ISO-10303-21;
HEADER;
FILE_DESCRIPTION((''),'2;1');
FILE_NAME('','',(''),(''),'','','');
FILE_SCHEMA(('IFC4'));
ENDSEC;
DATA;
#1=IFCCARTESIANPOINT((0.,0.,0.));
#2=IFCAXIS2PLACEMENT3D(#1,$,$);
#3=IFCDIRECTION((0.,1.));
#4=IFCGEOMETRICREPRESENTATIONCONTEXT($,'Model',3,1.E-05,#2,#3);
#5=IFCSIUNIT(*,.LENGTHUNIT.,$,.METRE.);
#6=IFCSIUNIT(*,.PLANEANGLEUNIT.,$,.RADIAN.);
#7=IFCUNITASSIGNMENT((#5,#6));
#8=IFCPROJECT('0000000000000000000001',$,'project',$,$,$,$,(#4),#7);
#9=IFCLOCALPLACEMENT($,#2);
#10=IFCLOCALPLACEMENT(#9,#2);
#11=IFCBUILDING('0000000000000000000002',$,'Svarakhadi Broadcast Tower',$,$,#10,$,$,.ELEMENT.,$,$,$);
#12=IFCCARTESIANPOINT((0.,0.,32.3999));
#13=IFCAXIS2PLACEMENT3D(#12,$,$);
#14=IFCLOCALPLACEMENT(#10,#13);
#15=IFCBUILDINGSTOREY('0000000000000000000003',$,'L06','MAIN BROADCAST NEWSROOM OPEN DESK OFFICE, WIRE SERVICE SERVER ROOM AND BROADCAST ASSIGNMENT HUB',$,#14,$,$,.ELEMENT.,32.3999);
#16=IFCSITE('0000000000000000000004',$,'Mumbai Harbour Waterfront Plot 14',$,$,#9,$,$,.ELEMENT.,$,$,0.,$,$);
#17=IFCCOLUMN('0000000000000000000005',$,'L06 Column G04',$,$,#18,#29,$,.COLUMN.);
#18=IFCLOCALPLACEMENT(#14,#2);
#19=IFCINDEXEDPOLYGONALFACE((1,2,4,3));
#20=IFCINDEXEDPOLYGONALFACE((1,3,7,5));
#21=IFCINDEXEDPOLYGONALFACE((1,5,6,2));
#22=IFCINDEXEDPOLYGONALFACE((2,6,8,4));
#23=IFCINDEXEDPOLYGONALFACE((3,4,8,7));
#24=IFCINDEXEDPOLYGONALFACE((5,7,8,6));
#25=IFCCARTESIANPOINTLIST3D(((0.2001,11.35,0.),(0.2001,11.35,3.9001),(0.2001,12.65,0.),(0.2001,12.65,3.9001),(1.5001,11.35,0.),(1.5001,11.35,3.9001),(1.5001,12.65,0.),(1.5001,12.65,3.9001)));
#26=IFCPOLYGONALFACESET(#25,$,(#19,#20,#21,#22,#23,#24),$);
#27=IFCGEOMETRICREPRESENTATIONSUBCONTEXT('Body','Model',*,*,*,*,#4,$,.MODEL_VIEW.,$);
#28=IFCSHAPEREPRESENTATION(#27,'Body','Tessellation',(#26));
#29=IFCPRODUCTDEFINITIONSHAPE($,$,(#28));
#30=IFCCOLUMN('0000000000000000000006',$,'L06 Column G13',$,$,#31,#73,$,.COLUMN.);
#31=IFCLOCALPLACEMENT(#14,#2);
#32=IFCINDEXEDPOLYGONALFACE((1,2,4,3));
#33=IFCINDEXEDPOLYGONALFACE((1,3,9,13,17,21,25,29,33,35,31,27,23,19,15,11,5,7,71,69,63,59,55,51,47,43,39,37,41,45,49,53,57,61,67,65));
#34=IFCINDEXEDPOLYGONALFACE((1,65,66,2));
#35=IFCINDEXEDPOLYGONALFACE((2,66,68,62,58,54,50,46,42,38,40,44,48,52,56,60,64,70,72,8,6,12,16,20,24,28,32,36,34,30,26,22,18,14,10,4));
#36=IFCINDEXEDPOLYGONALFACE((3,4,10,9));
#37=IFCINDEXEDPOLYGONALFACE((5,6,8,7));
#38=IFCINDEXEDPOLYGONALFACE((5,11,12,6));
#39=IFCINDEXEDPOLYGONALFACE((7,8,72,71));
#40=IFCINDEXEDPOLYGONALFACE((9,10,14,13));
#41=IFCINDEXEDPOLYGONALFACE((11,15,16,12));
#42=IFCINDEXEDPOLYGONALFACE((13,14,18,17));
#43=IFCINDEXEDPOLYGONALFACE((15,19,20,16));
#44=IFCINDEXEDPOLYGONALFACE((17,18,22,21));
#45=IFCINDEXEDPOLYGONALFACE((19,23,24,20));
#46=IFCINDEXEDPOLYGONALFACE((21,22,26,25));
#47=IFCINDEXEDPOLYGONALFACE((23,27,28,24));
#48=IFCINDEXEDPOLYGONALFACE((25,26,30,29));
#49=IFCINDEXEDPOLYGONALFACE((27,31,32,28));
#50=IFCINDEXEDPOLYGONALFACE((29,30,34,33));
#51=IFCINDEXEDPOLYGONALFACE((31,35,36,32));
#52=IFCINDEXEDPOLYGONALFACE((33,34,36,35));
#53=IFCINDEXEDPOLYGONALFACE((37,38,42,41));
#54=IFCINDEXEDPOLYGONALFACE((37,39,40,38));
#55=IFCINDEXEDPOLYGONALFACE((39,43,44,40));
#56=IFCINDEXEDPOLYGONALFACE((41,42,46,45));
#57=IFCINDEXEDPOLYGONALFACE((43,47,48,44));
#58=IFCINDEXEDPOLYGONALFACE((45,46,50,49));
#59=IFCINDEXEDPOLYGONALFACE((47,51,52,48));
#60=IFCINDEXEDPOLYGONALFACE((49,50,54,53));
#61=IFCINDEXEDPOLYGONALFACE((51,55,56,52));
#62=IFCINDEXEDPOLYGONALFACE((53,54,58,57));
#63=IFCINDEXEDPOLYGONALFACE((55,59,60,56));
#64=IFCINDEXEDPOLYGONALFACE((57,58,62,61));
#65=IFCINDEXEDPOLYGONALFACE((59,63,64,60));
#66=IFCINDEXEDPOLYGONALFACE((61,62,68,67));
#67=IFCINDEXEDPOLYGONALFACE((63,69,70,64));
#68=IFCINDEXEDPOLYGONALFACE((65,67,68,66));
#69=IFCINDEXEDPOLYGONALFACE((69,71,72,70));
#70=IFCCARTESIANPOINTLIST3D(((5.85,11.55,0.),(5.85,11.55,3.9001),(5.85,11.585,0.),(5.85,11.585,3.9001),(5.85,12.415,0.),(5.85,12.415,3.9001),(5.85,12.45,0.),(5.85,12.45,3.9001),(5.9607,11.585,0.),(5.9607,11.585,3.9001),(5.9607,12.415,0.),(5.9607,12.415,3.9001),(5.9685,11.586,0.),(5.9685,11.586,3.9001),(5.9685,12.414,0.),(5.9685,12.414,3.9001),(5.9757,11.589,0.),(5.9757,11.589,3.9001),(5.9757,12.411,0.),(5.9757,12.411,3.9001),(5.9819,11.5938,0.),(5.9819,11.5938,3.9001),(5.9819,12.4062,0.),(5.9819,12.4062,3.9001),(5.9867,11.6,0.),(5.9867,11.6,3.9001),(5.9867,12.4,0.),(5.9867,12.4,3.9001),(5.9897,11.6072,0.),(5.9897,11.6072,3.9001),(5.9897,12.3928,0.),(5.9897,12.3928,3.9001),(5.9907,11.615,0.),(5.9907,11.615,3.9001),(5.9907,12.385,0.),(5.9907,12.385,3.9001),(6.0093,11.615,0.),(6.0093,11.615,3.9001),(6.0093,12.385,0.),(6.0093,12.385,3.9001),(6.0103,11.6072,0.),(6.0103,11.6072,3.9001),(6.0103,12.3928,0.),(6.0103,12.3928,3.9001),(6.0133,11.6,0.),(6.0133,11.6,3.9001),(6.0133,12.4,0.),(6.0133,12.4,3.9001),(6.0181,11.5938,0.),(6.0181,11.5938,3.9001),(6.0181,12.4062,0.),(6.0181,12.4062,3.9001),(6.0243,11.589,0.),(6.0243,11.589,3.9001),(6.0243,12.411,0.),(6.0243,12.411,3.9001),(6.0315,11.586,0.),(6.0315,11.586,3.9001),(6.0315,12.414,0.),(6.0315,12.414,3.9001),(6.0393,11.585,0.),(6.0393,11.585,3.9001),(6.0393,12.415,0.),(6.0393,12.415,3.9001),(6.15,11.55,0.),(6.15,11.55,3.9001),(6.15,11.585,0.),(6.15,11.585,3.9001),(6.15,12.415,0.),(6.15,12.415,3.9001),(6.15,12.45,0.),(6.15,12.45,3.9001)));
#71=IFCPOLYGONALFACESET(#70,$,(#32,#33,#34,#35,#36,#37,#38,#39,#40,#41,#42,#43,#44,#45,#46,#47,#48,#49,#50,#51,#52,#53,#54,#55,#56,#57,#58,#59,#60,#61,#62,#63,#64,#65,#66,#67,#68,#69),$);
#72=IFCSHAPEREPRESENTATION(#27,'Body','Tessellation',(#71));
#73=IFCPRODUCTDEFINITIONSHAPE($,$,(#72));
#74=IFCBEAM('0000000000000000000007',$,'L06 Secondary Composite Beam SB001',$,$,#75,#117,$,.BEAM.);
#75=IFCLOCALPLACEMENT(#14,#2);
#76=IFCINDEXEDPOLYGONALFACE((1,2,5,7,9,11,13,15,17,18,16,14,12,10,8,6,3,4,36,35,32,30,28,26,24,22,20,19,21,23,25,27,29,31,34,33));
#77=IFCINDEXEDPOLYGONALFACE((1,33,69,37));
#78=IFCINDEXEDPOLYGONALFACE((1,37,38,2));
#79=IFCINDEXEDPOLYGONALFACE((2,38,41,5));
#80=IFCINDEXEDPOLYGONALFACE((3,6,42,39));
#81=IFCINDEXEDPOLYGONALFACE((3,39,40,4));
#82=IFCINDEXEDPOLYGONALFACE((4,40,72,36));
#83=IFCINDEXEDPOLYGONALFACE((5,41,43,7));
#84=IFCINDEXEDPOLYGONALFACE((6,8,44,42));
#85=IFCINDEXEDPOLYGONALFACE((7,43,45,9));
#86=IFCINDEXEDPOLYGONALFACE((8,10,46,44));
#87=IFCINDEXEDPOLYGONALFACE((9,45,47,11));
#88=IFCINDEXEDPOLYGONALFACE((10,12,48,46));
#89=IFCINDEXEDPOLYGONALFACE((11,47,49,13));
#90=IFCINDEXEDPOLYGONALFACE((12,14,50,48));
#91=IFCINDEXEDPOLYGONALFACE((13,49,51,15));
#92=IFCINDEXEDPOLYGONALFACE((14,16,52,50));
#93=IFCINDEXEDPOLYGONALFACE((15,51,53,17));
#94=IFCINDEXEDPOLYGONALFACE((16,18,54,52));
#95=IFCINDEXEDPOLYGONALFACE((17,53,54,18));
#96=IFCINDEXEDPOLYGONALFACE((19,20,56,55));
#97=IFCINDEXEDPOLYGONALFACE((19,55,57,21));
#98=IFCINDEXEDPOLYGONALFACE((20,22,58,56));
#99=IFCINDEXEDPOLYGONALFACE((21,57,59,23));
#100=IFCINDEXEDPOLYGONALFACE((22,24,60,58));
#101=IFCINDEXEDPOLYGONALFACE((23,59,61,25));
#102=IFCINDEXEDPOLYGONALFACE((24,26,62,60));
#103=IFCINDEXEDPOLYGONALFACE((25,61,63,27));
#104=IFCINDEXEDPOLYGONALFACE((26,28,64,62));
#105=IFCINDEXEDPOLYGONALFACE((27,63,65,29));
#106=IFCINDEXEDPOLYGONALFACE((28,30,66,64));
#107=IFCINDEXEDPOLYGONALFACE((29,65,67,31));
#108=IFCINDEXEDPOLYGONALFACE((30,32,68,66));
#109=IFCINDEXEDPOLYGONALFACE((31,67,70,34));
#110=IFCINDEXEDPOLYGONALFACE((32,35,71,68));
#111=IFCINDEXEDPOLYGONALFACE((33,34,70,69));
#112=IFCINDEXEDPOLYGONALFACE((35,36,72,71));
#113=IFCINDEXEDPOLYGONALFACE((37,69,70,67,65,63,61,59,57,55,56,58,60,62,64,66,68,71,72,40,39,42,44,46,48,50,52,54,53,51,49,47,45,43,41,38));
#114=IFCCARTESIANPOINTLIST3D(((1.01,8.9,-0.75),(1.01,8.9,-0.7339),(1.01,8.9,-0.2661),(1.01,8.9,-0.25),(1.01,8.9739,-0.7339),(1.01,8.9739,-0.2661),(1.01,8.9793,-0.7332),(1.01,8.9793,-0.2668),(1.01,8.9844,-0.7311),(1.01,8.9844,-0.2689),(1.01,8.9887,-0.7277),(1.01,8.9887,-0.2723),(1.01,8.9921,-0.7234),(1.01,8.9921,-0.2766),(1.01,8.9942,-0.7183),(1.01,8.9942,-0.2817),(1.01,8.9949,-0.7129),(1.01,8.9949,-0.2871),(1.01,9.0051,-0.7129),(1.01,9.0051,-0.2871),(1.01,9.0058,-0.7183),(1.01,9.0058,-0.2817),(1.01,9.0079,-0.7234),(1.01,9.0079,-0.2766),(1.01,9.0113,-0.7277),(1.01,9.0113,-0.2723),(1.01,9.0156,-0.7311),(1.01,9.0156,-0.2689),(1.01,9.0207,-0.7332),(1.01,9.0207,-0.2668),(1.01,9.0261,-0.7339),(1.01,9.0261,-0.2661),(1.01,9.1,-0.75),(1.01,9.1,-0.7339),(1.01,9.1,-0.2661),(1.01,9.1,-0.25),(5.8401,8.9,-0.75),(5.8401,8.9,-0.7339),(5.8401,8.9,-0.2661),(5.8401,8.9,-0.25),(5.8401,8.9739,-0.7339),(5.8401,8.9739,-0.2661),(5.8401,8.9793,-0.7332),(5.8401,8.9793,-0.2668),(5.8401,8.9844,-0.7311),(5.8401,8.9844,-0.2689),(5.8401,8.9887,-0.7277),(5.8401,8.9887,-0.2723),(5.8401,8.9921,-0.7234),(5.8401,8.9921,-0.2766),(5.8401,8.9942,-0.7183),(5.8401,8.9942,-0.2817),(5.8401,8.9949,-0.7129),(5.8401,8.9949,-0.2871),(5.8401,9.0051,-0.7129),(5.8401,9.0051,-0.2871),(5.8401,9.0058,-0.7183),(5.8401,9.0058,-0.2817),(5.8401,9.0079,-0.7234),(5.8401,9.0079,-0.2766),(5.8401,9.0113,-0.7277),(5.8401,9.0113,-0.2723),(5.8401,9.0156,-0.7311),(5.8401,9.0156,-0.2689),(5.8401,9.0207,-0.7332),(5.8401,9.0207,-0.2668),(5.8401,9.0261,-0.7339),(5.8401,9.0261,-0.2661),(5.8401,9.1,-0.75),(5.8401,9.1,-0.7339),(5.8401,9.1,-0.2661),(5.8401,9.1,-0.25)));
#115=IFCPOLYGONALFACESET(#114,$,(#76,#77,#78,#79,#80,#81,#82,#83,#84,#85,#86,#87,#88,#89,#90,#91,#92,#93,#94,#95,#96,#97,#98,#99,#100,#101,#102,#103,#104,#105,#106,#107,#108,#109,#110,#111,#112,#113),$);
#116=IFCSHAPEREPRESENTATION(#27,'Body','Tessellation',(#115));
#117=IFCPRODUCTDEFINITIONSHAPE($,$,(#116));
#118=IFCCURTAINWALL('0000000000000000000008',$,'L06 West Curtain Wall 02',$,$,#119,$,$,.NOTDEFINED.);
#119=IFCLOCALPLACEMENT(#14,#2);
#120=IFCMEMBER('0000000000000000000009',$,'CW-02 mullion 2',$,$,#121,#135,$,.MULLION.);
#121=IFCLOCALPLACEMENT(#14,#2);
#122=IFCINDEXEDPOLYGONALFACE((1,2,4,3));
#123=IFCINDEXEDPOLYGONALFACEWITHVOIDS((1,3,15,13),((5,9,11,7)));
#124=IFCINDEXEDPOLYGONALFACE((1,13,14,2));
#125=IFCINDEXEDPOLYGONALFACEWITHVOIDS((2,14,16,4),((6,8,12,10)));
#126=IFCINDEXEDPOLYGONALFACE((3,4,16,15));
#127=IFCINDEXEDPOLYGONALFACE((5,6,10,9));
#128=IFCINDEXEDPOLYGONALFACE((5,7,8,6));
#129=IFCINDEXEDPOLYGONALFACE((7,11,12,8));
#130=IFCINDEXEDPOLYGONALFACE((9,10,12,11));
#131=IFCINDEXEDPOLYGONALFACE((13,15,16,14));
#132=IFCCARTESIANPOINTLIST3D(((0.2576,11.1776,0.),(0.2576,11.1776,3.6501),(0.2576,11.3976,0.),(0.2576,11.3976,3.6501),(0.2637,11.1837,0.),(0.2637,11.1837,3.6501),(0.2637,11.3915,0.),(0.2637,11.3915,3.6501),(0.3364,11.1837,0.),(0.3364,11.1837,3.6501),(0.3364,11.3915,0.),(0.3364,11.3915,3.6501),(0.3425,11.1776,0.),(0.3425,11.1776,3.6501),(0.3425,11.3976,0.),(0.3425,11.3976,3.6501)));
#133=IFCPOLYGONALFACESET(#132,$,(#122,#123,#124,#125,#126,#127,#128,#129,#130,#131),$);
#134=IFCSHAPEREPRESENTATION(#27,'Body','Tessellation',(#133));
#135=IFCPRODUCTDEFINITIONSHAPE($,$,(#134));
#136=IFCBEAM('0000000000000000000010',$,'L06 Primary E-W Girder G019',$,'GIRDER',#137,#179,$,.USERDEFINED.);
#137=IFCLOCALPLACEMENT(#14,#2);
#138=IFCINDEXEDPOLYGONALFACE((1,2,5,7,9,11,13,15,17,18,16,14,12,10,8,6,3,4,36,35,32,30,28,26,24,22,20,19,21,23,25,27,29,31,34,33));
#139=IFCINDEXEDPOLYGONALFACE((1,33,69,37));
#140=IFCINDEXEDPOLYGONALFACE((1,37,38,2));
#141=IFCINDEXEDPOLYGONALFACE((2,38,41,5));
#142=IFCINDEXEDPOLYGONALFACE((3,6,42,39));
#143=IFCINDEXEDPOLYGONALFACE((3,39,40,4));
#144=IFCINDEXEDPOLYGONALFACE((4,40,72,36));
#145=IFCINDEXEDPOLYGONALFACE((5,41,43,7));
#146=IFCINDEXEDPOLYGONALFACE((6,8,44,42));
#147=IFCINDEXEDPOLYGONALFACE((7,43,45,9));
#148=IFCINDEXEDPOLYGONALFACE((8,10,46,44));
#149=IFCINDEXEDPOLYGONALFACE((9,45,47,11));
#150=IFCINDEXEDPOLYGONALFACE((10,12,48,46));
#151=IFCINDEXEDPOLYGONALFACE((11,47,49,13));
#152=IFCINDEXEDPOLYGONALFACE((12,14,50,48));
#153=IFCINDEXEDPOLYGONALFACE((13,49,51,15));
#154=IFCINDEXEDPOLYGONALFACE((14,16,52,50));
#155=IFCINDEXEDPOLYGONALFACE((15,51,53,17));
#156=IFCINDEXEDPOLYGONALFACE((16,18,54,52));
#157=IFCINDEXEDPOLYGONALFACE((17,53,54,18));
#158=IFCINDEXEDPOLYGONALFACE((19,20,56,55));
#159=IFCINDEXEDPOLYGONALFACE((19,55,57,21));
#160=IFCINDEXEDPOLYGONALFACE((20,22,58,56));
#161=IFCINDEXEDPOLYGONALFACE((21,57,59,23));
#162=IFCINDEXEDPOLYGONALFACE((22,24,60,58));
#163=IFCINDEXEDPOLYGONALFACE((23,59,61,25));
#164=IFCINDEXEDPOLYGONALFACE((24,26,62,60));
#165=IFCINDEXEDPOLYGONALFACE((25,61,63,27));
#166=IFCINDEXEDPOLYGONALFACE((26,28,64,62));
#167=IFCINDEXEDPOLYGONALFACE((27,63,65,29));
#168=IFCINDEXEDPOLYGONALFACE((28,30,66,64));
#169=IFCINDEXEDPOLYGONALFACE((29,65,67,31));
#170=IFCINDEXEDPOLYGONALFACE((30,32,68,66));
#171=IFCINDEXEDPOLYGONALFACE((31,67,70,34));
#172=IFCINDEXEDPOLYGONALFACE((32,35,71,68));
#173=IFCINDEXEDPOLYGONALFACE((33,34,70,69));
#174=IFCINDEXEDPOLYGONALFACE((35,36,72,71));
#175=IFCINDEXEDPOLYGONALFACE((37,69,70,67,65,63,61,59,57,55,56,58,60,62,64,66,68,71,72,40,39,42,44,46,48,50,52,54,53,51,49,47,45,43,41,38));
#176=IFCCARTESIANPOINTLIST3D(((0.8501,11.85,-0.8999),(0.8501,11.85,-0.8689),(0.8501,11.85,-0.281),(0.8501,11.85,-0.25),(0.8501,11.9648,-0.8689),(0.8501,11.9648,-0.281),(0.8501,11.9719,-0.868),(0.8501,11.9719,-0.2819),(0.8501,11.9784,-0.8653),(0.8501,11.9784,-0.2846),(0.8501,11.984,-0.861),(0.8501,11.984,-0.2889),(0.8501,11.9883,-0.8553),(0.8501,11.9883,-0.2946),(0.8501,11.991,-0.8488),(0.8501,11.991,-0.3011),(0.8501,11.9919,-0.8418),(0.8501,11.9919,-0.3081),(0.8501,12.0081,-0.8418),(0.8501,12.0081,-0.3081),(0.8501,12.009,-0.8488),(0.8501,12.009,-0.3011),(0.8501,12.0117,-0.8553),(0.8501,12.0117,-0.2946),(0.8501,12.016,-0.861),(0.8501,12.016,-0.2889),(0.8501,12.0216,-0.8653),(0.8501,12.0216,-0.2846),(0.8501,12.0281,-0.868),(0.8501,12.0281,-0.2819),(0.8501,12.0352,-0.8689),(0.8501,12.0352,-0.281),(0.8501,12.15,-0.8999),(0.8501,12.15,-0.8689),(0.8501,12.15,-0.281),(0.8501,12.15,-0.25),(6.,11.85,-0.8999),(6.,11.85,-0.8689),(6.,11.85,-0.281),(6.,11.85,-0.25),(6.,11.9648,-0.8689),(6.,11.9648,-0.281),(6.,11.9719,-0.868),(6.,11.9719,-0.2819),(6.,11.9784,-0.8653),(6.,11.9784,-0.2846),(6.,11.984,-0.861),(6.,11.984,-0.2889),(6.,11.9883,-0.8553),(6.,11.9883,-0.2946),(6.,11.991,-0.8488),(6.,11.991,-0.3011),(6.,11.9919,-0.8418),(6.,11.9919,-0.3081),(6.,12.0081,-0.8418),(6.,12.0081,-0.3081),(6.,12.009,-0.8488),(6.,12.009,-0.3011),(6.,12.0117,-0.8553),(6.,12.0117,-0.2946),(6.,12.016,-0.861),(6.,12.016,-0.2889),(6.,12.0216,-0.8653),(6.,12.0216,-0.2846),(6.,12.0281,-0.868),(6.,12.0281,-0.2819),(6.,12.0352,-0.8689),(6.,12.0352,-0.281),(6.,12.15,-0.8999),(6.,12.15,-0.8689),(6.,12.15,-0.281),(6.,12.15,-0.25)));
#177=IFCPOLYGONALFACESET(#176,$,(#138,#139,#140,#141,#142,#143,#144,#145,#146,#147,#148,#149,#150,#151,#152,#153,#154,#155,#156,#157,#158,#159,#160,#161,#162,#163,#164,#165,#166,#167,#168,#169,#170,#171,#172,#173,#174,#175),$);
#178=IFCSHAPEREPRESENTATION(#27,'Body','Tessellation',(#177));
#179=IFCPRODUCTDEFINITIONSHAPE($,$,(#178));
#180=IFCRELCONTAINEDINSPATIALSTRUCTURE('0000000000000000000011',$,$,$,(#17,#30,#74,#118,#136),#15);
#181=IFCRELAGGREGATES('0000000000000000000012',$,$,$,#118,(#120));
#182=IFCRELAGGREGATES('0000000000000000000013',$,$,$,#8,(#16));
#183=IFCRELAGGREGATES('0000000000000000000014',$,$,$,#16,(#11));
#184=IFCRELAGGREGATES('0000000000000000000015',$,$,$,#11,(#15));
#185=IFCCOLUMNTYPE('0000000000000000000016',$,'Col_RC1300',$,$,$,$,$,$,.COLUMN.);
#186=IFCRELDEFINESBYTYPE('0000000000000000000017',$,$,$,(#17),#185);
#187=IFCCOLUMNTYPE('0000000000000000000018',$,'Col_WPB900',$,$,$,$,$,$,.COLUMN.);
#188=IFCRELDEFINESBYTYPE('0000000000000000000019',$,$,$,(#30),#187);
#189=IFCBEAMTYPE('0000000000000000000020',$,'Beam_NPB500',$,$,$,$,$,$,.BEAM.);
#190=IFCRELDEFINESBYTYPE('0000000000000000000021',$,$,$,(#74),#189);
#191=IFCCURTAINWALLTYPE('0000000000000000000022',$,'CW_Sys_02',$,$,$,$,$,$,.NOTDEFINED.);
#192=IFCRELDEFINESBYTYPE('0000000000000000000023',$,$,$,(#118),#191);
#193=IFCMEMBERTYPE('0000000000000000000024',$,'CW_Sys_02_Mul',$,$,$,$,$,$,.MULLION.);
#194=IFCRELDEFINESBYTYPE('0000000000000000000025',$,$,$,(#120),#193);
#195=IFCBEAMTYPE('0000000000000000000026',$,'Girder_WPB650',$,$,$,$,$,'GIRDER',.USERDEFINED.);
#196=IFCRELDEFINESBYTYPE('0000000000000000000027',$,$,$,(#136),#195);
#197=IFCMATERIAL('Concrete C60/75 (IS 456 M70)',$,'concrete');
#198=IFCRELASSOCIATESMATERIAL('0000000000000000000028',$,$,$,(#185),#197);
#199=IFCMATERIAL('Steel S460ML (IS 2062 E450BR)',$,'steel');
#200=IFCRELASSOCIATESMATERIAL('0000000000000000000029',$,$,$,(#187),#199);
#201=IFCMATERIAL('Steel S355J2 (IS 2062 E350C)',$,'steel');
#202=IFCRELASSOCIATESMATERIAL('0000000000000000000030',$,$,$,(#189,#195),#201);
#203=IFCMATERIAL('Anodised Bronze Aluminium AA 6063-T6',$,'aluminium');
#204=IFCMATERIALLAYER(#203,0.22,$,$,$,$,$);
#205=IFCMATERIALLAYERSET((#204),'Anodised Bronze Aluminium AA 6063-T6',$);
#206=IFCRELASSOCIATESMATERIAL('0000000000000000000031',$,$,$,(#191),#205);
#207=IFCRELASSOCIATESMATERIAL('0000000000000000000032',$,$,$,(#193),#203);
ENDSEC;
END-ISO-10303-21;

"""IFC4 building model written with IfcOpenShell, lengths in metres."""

from ifc_helpers import new_model, si_unit, direction, frame, origin, origin_2d, place, context, subcontext, project, spatial, rectangle, hollow_rectangle, i_section, extrude, material, layer, layer_set, material_profile, profile_set, type_object, element, aggregate, save


model = new_model("IFC4")

# Units and contexts
model_context = context("Model", 3, precision=1e-05, world=origin(), true_north=direction((0.0, 1.0)))
body_context = subcontext(model_context, "Body", "Model", "MODEL_VIEW")
ifc_project = project(units=[si_unit("LENGTHUNIT", "METRE"), si_unit("PLANEANGLEUNIT", "RADIAN")], contexts=[model_context])

# Site, building, storey
site_placement = place(None, origin())
site = spatial("IfcSite", under=ifc_project, at=site_placement, Name="Mumbai Harbour Waterfront Plot 14", CompositionType="ELEMENT", RefElevation=0.0)
building_placement = place(site_placement, origin())
building = spatial("IfcBuilding", under=site, at=building_placement, Name="Svarakhadi Broadcast Tower", CompositionType="ELEMENT")
storey_placement = place(building_placement, frame((0.0, 0.0, 32.3999)))
storey = spatial("IfcBuildingStorey", under=building, at=storey_placement, Name="L06", Description="MAIN BROADCAST NEWSROOM OPEN DESK OFFICE, WIRE SERVICE SERVER ROOM AND BROADCAST ASSIGNMENT HUB", CompositionType="ELEMENT", Elevation=32.3999)

# Columns
ifc_material_1 = material(Name="Concrete C60/75 (IS 456 M70)", Category="concrete")
ifc_material_profile_1 = material_profile(ifc_material_1, rectangle(XDim=1.3, YDim=1.3, at=origin_2d()), Name="RC 1300x1300")
ifc_profile_set_1 = profile_set([ifc_material_profile_1], Name="Concrete C60/75 (IS 456 M70)")
column_type_1 = type_object("IfcColumnType", Name="Col_RC1300", PredefinedType="COLUMN", material=ifc_profile_set_1)
column_1_placement = place(storey_placement, frame((0.8501, 12.0, 0.0), z_axis=(0.0, 0.0, 1.0), x_axis=(1.0, 0.0, 0.0)))
element("IfcColumn", 1, at=column_1_placement, inside=storey, type_object=column_type_1, Name="L06 Column G04", PredefinedType="COLUMN", context=body_context, shape_type="SweptSolid", body=[
    extrude(rectangle(XDim=1.3, YDim=1.3, at=origin_2d()), origin(), (0.0, 0.0, 1.0), 3.9001),
])
ifc_material_2 = material(Name="Steel S460ML (IS 2062 E450BR)", Category="steel")
ifc_material_profile_2 = material_profile(ifc_material_2, i_section(OverallWidth=0.3, OverallDepth=0.8999, WebThickness=0.0186, FlangeThickness=0.0349, FilletRadius=0.03, at=origin_2d()), Name="WPB 900x300x291")
ifc_profile_set_2 = profile_set([ifc_material_profile_2], Name="Steel S460ML (IS 2062 E450BR)")
column_type_2 = type_object("IfcColumnType", Name="Col_WPB900", PredefinedType="COLUMN", material=ifc_profile_set_2)
column_2_placement = place(storey_placement, frame((6.0, 12.0, 0.0), z_axis=(0.0, 0.0, 1.0), x_axis=(1.0, 0.0, 0.0)))
element("IfcColumn", 2, at=column_2_placement, inside=storey, type_object=column_type_2, Name="L06 Column G13", PredefinedType="COLUMN", context=body_context, shape_type="SweptSolid", body=[
    extrude(i_section(OverallWidth=0.3, OverallDepth=0.8999, WebThickness=0.0186, FlangeThickness=0.0349, FilletRadius=0.03, at=origin_2d()), origin(), (0.0, 0.0, 1.0), 3.9001),
])

# Beam
ifc_material_3 = material(Name="Steel S355J2 (IS 2062 E350C)", Category="steel")
ifc_material_profile_3 = material_profile(ifc_material_3, i_section(OverallWidth=0.2, OverallDepth=0.5, WebThickness=0.0103, FlangeThickness=0.0161, FilletRadius=0.021, at=origin_2d()), Name="NPB 500x200x91")
ifc_profile_set_3 = profile_set([ifc_material_profile_3], Name="Steel S355J2 (IS 2062 E350C)")
beam_type_1 = type_object("IfcBeamType", Name="Beam_NPB500", PredefinedType="BEAM", material=ifc_profile_set_3)
beam_1_placement = place(storey_placement, frame((1.01, 9.0, -0.5), z_axis=(1.0, 0.0, 0.0), x_axis=(0.0, 1.0, 0.0)))
element("IfcBeam", 3, at=beam_1_placement, inside=storey, type_object=beam_type_1, Name="L06 Secondary Composite Beam SB001", PredefinedType="BEAM", context=body_context, shape_type="SweptSolid", body=[
    extrude(i_section(OverallWidth=0.2, OverallDepth=0.5, WebThickness=0.0103, FlangeThickness=0.0161, FilletRadius=0.021, at=origin_2d()), origin(), (0.0, 0.0, 1.0), 4.8301),
])

# Curtain wall, member
ifc_material_4 = material(Name="Anodised Bronze Aluminium AA 6063-T6", Category="aluminium")
ifc_layer_1 = layer(ifc_material_4, 0.22)
ifc_layer_set_1 = layer_set([ifc_layer_1], Name="Anodised Bronze Aluminium AA 6063-T6")
curtain_wall_type = type_object("IfcCurtainWallType", Name="CW_Sys_02", PredefinedType="NOTDEFINED", material=ifc_layer_set_1)
curtain_wall_placement = place(storey_placement, origin())
curtain_wall = element("IfcCurtainWall", 4, at=curtain_wall_placement, inside=storey, type_object=curtain_wall_type, Name="L06 West Curtain Wall 02", PredefinedType="NOTDEFINED")
ifc_material_profile_4 = material_profile(ifc_material_4, hollow_rectangle(XDim=0.085, YDim=0.22, WallThickness=0.0061, at=origin_2d()), Name="ALU MULLION 220x85x6")
ifc_profile_set_4 = profile_set([ifc_material_profile_4], Name="Anodised Bronze Aluminium AA 6063-T6")
member_type = type_object("IfcMemberType", Name="CW_Sys_02_Mul", PredefinedType="MULLION", material=ifc_profile_set_4)
member_placement = place(storey_placement, frame((0.3, 11.2876, 0.0), z_axis=(0.0, 0.0, 1.0), x_axis=(-1.0, 0.0, 0.0)))
member = element("IfcMember", 5, at=member_placement, type_object=member_type, Name="CW-02 mullion 2", PredefinedType="MULLION", context=body_context, shape_type="SweptSolid", body=[
    extrude(hollow_rectangle(XDim=0.085, YDim=0.22, WallThickness=0.0061, at=origin_2d()), origin(), (0.0, 0.0, 1.0), 3.6501),
])

# Beam
ifc_material_profile_5 = material_profile(ifc_material_3, i_section(OverallWidth=0.3, OverallDepth=0.6499, WebThickness=0.0161, FlangeThickness=0.031, FilletRadius=0.0271, at=origin_2d()), Name="WPB 650x300x225")
ifc_profile_set_5 = profile_set([ifc_material_profile_5], Name="Steel S355J2 (IS 2062 E350C)")
beam_type_2 = type_object("IfcBeamType", Name="Girder_WPB650", ElementType="GIRDER", PredefinedType="USERDEFINED", material=ifc_profile_set_5)
beam_2_placement = place(storey_placement, frame((0.8501, 12.0, -0.575), z_axis=(1.0, 0.0, 0.0), x_axis=(0.0, 1.0, 0.0)))
element("IfcBeam", 6, at=beam_2_placement, inside=storey, type_object=beam_type_2, Name="L06 Primary E-W Girder G019", ObjectType="GIRDER", PredefinedType="USERDEFINED", context=body_context, shape_type="SweptSolid", body=[
    extrude(i_section(OverallWidth=0.3, OverallDepth=0.6499, WebThickness=0.0161, FlangeThickness=0.031, FilletRadius=0.0271, at=origin_2d()), origin(), (0.0, 0.0, 1.0), 5.1499),
])

aggregate(curtain_wall, [member])

save(model, "model.ifc")
